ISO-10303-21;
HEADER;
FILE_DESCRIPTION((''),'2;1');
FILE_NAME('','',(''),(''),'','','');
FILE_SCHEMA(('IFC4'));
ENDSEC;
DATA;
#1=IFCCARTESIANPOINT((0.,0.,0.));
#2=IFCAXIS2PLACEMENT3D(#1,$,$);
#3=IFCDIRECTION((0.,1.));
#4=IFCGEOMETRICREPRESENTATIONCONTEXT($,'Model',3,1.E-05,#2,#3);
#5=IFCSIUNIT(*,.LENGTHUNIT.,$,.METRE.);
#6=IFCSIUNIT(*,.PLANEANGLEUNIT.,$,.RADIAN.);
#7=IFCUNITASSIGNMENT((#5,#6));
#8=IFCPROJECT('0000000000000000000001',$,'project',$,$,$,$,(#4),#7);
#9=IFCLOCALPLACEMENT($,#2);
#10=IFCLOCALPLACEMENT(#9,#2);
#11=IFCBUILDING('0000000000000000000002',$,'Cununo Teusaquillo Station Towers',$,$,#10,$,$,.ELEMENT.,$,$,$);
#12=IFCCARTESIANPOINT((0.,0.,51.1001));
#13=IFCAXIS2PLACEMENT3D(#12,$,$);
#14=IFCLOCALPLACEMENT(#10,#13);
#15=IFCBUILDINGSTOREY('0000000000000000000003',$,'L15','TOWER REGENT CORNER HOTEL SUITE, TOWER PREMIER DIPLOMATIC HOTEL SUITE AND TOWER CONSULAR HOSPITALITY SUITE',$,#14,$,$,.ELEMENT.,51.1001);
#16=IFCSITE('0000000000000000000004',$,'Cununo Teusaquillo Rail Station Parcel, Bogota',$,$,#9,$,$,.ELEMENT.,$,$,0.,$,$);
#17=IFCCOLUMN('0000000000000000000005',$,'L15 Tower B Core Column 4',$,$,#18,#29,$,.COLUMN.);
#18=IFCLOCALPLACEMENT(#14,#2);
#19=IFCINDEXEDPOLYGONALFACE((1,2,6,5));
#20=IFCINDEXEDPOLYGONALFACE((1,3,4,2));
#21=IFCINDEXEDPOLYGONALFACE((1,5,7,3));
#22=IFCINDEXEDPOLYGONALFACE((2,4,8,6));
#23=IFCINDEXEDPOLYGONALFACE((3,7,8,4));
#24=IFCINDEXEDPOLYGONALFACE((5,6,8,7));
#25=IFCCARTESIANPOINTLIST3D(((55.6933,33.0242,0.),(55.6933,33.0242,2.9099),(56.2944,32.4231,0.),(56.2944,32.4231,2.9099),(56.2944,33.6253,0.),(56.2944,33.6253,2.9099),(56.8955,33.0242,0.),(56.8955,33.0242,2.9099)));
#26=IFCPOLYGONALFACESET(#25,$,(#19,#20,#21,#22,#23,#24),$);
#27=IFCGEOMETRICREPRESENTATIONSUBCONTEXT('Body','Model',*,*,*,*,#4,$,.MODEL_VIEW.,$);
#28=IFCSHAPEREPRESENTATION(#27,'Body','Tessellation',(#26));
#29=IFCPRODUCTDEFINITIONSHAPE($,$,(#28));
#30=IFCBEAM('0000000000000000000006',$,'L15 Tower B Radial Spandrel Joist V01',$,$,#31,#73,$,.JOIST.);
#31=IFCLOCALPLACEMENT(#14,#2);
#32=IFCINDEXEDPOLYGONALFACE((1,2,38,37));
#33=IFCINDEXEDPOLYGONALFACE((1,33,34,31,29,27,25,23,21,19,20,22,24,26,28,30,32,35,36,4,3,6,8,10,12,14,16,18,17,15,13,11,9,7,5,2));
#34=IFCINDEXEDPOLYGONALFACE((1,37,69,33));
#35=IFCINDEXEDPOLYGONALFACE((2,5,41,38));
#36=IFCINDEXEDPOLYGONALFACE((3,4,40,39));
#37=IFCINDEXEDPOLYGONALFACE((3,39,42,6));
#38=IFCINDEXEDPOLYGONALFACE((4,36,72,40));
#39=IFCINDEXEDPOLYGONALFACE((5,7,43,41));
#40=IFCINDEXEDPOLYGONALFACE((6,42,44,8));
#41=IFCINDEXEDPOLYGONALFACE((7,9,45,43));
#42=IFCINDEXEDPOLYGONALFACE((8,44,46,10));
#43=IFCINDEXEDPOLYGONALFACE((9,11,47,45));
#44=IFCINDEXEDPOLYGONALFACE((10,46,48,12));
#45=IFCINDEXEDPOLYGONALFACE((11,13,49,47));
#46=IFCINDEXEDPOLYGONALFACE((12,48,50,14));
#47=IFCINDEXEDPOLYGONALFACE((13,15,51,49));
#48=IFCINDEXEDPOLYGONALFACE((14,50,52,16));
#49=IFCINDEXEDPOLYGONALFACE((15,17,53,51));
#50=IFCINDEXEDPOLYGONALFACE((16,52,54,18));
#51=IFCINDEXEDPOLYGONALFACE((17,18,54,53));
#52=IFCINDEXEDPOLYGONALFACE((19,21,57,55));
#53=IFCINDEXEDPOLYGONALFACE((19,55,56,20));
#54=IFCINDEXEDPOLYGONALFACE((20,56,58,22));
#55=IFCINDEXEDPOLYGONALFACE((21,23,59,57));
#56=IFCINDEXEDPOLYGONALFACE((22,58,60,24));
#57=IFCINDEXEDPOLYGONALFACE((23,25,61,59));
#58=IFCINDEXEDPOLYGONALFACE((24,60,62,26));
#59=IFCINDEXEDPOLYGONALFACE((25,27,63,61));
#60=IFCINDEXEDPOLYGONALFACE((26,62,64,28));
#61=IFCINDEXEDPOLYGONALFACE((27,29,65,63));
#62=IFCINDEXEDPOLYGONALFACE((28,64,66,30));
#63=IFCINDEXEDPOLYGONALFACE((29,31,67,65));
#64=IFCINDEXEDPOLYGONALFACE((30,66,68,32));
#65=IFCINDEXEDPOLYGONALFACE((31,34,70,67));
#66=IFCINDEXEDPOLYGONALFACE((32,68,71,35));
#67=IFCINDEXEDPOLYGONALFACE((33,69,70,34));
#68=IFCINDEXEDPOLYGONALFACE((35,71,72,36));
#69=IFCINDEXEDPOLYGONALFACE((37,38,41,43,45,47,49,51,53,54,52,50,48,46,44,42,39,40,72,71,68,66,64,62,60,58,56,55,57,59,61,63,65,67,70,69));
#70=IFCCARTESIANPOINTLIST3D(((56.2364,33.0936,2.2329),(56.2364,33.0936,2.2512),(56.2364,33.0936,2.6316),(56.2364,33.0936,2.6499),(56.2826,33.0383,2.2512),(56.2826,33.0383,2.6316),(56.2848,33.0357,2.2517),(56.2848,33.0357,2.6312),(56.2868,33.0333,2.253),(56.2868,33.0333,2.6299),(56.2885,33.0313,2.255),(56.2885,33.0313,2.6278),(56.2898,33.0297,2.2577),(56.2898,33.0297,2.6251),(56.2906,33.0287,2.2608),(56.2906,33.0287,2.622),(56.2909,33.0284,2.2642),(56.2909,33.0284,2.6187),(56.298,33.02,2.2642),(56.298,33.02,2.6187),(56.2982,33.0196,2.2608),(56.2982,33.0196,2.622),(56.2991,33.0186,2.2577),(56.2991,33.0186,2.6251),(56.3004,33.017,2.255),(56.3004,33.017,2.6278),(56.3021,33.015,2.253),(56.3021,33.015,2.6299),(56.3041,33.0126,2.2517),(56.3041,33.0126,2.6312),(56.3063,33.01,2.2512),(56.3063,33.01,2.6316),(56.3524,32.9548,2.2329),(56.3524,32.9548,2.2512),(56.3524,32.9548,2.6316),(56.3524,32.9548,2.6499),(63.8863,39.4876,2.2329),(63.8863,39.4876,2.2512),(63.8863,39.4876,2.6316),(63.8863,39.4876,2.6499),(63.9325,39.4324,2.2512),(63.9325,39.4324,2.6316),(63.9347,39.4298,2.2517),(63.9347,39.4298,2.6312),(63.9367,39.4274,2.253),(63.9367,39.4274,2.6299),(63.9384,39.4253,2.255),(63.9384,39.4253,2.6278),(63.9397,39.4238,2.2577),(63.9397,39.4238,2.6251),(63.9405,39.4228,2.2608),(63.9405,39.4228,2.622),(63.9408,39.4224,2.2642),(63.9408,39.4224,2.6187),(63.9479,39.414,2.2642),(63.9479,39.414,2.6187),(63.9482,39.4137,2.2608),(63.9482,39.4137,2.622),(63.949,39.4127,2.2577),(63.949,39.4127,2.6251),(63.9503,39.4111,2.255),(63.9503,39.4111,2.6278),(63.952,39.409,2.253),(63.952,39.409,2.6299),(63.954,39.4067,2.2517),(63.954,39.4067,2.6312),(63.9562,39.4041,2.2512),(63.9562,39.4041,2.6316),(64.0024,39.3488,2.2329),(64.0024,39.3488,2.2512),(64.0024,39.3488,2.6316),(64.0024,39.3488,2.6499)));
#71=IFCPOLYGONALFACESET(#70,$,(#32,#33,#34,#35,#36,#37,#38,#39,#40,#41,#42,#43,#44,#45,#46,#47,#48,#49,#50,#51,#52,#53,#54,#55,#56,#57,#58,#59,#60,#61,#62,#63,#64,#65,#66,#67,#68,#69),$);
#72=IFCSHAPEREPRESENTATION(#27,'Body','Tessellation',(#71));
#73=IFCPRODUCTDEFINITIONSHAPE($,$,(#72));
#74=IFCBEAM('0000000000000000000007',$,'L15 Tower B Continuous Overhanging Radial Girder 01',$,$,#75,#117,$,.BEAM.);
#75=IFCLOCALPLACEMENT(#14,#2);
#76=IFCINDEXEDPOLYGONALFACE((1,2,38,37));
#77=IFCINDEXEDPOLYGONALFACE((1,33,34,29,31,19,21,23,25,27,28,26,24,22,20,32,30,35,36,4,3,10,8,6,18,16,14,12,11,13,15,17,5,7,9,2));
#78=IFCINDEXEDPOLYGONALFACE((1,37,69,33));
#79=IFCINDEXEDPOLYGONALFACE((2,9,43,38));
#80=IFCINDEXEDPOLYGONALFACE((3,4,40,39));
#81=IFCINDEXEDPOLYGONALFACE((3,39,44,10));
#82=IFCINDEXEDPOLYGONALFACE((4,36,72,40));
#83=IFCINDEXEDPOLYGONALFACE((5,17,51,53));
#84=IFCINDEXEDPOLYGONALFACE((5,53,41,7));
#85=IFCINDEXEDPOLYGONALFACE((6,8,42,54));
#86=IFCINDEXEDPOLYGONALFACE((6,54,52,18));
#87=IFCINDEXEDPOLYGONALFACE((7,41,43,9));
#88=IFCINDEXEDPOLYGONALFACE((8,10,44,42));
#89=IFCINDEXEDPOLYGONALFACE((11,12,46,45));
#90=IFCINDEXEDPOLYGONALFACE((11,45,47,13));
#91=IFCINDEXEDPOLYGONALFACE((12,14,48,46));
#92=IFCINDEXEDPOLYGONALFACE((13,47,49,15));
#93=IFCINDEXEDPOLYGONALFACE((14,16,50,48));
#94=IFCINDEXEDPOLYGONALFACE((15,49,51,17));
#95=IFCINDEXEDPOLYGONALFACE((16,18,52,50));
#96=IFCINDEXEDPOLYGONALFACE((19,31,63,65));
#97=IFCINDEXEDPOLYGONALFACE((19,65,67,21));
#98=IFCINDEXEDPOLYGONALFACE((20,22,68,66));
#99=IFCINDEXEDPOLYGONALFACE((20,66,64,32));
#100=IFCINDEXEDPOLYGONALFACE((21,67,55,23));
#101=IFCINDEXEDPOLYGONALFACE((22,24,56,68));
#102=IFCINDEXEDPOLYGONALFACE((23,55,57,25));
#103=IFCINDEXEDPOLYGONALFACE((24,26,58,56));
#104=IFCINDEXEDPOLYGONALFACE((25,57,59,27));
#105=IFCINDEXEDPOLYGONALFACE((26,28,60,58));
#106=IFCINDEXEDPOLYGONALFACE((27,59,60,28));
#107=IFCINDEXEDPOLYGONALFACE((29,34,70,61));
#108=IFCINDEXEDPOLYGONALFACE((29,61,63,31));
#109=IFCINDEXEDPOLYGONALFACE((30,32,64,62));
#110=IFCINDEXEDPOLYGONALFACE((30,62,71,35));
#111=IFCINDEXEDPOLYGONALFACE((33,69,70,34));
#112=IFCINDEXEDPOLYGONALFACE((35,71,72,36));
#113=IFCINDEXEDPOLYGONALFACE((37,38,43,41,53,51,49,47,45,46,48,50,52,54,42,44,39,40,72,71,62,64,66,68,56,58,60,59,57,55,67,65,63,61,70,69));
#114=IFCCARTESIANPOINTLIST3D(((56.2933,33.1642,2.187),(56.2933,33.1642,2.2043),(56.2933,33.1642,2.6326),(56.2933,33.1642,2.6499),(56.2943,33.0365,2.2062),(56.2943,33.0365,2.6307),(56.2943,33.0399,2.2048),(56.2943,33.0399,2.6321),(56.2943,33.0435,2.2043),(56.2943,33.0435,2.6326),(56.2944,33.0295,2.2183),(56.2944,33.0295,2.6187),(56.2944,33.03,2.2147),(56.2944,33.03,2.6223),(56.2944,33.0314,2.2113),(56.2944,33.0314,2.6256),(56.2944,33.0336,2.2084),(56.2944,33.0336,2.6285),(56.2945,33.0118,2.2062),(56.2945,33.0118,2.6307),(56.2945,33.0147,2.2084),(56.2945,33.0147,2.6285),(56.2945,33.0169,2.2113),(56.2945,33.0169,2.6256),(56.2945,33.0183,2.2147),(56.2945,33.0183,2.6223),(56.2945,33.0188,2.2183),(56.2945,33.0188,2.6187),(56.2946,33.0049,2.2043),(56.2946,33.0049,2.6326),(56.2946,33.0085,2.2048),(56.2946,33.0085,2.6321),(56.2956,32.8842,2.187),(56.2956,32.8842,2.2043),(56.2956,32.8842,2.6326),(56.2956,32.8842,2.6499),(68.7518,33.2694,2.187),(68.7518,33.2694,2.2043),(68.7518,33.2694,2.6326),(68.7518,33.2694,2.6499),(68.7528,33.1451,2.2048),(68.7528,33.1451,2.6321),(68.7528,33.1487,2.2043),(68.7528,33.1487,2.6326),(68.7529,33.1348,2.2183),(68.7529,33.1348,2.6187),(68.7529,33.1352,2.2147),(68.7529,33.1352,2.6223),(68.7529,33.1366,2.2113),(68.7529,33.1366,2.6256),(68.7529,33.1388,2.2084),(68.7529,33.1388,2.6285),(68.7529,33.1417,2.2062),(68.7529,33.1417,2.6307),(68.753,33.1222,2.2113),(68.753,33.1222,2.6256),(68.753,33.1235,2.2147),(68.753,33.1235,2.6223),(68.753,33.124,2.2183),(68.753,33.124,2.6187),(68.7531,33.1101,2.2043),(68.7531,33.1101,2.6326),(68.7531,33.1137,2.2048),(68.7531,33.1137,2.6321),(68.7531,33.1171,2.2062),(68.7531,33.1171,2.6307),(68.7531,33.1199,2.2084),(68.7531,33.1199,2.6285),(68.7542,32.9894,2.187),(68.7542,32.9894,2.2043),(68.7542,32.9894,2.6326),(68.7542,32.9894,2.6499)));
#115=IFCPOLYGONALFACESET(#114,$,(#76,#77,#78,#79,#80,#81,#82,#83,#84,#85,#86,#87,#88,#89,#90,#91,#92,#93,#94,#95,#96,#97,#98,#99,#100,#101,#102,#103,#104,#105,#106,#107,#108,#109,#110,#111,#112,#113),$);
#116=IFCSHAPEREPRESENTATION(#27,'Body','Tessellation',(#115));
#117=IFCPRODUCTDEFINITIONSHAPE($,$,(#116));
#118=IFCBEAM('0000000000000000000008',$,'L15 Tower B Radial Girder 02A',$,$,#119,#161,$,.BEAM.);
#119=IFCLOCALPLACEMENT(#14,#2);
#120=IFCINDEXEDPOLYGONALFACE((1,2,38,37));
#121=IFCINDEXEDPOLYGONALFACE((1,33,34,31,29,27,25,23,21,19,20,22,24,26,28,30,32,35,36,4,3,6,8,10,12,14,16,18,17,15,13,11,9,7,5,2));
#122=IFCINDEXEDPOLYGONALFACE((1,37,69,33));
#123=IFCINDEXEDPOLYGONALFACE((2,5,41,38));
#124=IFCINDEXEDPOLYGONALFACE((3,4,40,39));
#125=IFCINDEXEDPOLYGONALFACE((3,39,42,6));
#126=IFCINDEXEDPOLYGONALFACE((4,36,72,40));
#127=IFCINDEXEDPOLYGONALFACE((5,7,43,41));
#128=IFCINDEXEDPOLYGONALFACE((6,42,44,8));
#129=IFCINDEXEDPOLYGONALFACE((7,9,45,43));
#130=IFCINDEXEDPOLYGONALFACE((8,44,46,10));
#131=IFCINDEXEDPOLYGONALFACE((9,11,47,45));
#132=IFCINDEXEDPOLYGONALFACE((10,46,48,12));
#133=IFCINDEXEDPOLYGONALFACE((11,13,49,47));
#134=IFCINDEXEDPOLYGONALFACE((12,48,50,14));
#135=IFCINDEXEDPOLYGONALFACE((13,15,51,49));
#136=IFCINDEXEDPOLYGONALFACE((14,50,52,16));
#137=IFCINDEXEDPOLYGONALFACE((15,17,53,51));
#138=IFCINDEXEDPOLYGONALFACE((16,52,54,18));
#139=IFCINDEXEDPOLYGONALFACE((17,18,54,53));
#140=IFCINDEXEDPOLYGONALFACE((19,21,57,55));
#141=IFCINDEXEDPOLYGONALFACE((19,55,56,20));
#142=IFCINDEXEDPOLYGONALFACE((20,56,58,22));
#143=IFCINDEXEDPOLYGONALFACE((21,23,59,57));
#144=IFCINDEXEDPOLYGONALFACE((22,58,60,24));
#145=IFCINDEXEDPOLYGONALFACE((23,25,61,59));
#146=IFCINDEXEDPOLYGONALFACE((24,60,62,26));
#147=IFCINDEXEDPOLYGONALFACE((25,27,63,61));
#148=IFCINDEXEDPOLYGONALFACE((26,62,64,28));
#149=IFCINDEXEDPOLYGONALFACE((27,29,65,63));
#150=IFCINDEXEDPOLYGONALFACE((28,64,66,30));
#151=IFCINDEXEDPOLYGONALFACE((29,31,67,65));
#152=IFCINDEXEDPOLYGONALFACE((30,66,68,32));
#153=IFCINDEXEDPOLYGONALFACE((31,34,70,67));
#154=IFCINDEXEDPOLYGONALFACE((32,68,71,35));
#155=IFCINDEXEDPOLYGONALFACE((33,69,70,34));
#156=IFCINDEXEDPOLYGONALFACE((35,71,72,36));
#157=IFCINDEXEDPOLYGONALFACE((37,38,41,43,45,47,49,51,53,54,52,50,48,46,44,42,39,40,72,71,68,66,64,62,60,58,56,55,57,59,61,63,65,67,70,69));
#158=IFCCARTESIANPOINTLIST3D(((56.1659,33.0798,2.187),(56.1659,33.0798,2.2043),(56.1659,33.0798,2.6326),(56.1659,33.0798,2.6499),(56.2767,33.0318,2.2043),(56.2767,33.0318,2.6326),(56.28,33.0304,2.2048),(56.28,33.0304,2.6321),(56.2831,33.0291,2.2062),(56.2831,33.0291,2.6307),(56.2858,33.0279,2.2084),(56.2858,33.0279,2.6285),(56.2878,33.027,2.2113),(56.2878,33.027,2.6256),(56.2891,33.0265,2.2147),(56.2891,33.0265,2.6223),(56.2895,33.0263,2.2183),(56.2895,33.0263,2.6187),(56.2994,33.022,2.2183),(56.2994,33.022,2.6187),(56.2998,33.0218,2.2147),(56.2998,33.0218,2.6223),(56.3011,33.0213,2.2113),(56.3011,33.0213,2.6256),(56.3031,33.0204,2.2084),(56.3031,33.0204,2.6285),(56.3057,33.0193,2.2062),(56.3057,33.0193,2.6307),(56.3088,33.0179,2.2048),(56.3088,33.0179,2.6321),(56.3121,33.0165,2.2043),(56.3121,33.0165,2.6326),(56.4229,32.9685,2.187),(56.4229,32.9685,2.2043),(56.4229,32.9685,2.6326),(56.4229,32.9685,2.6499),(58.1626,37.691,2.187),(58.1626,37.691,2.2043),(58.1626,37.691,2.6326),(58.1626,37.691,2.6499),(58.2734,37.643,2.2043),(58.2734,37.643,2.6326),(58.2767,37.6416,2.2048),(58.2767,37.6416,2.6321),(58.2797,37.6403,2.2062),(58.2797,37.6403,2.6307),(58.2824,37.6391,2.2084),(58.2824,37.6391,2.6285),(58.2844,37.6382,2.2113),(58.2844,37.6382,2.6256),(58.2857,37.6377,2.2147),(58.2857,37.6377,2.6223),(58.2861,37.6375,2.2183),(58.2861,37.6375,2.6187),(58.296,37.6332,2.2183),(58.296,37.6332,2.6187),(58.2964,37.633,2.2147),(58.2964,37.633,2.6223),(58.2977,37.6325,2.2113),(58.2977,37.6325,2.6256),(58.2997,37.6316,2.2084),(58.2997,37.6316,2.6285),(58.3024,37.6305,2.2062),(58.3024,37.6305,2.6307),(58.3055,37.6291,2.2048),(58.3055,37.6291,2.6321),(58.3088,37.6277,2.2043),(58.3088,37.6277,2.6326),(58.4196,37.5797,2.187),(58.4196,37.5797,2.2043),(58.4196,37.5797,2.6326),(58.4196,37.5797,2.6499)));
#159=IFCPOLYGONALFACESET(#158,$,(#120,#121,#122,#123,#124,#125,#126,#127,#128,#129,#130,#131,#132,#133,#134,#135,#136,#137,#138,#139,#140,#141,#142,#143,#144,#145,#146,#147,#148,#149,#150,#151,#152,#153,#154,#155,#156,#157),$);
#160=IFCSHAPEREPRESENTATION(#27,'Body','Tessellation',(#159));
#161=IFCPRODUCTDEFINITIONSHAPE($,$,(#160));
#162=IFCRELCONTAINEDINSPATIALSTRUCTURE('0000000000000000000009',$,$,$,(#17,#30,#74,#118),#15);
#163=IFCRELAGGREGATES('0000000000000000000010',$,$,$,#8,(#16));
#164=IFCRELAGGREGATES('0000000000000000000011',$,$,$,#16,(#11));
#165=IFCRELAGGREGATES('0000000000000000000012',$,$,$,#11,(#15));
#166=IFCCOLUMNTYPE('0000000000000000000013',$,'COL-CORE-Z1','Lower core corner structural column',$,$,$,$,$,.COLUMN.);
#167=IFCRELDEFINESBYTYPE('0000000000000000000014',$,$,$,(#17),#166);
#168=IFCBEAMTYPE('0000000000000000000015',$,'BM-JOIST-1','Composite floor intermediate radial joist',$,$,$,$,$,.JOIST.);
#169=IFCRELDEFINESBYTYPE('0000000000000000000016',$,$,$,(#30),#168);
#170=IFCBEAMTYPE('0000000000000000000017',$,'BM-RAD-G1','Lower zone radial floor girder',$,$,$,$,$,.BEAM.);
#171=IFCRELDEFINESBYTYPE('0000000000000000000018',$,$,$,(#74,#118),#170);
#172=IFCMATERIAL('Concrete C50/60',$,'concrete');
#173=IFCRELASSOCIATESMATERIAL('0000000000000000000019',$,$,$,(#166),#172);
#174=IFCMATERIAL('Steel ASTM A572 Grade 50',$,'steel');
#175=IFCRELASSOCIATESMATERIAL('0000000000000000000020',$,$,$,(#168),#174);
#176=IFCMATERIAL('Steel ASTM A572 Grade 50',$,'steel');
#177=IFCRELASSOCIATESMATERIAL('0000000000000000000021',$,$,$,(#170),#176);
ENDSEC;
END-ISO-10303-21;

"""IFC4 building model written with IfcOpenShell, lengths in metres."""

from ifc_helpers import new_model, si_unit, direction, frame, origin, origin_2d, place, context, subcontext, project, spatial, rectangle, i_section, extrude, material, material_profile, profile_set, type_object, element, save


model = new_model("IFC4")

# Units and contexts
model_context = context("Model", 3, precision=1e-05, world=origin(), true_north=direction((0.0, 1.0)))
body_context = subcontext(model_context, "Body", "Model", "MODEL_VIEW")
ifc_project = project(units=[si_unit("LENGTHUNIT", "METRE"), si_unit("PLANEANGLEUNIT", "RADIAN")], contexts=[model_context])

# Site, building, storey
site_placement = place(None, origin())
site = spatial("IfcSite", under=ifc_project, at=site_placement, Name="Cununo Teusaquillo Rail Station Parcel, Bogota", CompositionType="ELEMENT", RefElevation=0.0)
building_placement = place(site_placement, origin())
building = spatial("IfcBuilding", under=site, at=building_placement, Name="Cununo Teusaquillo Station Towers", CompositionType="ELEMENT")
storey_placement = place(building_placement, frame((0.0, 0.0, 51.1001)))
storey = spatial("IfcBuildingStorey", under=building, at=storey_placement, Name="L15", Description="TOWER REGENT CORNER HOTEL SUITE, TOWER PREMIER DIPLOMATIC HOTEL SUITE AND TOWER CONSULAR HOSPITALITY SUITE", CompositionType="ELEMENT", Elevation=51.1001)

# Column
ifc_material_1 = material(Name="Concrete C50/60", Category="concrete")
ifc_material_profile_1 = material_profile(ifc_material_1, rectangle(XDim=0.8501, YDim=0.8501, at=origin_2d()), Name="RC-RECT-850x850")
ifc_profile_set_1 = profile_set([ifc_material_profile_1], Name="Concrete C50/60")
column_type = type_object("IfcColumnType", Name="COL-CORE-Z1", Description="Lower core corner structural column", PredefinedType="COLUMN", material=ifc_profile_set_1)
column_placement = place(storey_placement, frame((56.2944, 33.0242, 0.0), z_axis=(0.0, 0.0, 1.0), x_axis=(0.707107, 0.707107, 0.0)))
element("IfcColumn", 1, at=column_placement, inside=storey, type_object=column_type, Name="L15 Tower B Core Column 4", PredefinedType="COLUMN", context=body_context, shape_type="SweptSolid", body=[
    extrude(rectangle(XDim=0.8501, YDim=0.8501, at=origin_2d()), origin(), (0.0, 0.0, 1.0), 2.9099),
])

# Beams
ifc_material_2 = material(Name="Steel ASTM A572 Grade 50", Category="steel")
ifc_material_profile_2 = material_profile(ifc_material_2, i_section(OverallWidth=0.1809, OverallDepth=0.417, WebThickness=0.011, FlangeThickness=0.0183, FilletRadius=0.0129, at=origin_2d()), Name="W16X57")
ifc_profile_set_2 = profile_set([ifc_material_profile_2], Name="Steel ASTM A572 Grade 50")
beam_type_1 = type_object("IfcBeamType", Name="BM-JOIST-1", Description="Composite floor intermediate radial joist", PredefinedType="JOIST", material=ifc_profile_set_2)
beam_1_placement = place(storey_placement, frame((56.2944, 33.0242, 2.4414), z_axis=(0.767277, 0.641316, 0.0), x_axis=(-0.641316, 0.767277, 0.0)))
element("IfcBeam", 2, at=beam_1_placement, inside=storey, type_object=beam_type_1, Name="L15 Tower B Radial Spandrel Joist V01", PredefinedType="JOIST", context=body_context, shape_type="SweptSolid", body=[
    extrude(i_section(OverallWidth=0.1809, OverallDepth=0.417, WebThickness=0.011, FlangeThickness=0.0183, FilletRadius=0.0129, at=origin_2d()), origin(), (0.0, 0.0, 1.0), 9.9702),
])
ifc_material_3 = material(Name="Steel ASTM A572 Grade 50", Category="steel")
ifc_material_profile_3 = material_profile(ifc_material_3, i_section(OverallWidth=0.28, OverallDepth=0.4629, WebThickness=0.0107, FlangeThickness=0.0173, FilletRadius=0.0139, at=origin_2d()), Name="W18X76")
ifc_profile_set_3 = profile_set([ifc_material_profile_3], Name="Steel ASTM A572 Grade 50")
beam_type_2 = type_object("IfcBeamType", Name="BM-RAD-G1", Description="Lower zone radial floor girder", PredefinedType="BEAM", material=ifc_profile_set_3)
beam_2_placement = place(storey_placement, frame((56.2944, 33.0242, 2.4185), z_axis=(0.999964, 0.008446, 0.0), x_axis=(-0.008446, 0.999964, 0.0)))
element("IfcBeam", 3, at=beam_2_placement, inside=storey, type_object=beam_type_2, Name="L15 Tower B Continuous Overhanging Radial Girder 01", PredefinedType="BEAM", context=body_context, shape_type="SweptSolid", body=[
    extrude(i_section(OverallWidth=0.28, OverallDepth=0.4629, WebThickness=0.0107, FlangeThickness=0.0173, FilletRadius=0.0139, at=origin_2d()), origin(), (0.0, 0.0, 1.0), 12.459),
])
beam_3_placement = place(storey_placement, frame((56.2944, 33.0242, 2.4185), z_axis=(0.397347, 0.917668, 0.0), x_axis=(-0.917668, 0.397347, 0.0)))
element("IfcBeam", 4, at=beam_3_placement, inside=storey, type_object=beam_type_2, Name="L15 Tower B Radial Girder 02A", PredefinedType="BEAM", context=body_context, shape_type="SweptSolid", body=[
    extrude(i_section(OverallWidth=0.28, OverallDepth=0.4629, WebThickness=0.0107, FlangeThickness=0.0173, FilletRadius=0.0139, at=origin_2d()), origin(), (0.0, 0.0, 1.0), 5.0249),
])

save(model, "model.ifc")
